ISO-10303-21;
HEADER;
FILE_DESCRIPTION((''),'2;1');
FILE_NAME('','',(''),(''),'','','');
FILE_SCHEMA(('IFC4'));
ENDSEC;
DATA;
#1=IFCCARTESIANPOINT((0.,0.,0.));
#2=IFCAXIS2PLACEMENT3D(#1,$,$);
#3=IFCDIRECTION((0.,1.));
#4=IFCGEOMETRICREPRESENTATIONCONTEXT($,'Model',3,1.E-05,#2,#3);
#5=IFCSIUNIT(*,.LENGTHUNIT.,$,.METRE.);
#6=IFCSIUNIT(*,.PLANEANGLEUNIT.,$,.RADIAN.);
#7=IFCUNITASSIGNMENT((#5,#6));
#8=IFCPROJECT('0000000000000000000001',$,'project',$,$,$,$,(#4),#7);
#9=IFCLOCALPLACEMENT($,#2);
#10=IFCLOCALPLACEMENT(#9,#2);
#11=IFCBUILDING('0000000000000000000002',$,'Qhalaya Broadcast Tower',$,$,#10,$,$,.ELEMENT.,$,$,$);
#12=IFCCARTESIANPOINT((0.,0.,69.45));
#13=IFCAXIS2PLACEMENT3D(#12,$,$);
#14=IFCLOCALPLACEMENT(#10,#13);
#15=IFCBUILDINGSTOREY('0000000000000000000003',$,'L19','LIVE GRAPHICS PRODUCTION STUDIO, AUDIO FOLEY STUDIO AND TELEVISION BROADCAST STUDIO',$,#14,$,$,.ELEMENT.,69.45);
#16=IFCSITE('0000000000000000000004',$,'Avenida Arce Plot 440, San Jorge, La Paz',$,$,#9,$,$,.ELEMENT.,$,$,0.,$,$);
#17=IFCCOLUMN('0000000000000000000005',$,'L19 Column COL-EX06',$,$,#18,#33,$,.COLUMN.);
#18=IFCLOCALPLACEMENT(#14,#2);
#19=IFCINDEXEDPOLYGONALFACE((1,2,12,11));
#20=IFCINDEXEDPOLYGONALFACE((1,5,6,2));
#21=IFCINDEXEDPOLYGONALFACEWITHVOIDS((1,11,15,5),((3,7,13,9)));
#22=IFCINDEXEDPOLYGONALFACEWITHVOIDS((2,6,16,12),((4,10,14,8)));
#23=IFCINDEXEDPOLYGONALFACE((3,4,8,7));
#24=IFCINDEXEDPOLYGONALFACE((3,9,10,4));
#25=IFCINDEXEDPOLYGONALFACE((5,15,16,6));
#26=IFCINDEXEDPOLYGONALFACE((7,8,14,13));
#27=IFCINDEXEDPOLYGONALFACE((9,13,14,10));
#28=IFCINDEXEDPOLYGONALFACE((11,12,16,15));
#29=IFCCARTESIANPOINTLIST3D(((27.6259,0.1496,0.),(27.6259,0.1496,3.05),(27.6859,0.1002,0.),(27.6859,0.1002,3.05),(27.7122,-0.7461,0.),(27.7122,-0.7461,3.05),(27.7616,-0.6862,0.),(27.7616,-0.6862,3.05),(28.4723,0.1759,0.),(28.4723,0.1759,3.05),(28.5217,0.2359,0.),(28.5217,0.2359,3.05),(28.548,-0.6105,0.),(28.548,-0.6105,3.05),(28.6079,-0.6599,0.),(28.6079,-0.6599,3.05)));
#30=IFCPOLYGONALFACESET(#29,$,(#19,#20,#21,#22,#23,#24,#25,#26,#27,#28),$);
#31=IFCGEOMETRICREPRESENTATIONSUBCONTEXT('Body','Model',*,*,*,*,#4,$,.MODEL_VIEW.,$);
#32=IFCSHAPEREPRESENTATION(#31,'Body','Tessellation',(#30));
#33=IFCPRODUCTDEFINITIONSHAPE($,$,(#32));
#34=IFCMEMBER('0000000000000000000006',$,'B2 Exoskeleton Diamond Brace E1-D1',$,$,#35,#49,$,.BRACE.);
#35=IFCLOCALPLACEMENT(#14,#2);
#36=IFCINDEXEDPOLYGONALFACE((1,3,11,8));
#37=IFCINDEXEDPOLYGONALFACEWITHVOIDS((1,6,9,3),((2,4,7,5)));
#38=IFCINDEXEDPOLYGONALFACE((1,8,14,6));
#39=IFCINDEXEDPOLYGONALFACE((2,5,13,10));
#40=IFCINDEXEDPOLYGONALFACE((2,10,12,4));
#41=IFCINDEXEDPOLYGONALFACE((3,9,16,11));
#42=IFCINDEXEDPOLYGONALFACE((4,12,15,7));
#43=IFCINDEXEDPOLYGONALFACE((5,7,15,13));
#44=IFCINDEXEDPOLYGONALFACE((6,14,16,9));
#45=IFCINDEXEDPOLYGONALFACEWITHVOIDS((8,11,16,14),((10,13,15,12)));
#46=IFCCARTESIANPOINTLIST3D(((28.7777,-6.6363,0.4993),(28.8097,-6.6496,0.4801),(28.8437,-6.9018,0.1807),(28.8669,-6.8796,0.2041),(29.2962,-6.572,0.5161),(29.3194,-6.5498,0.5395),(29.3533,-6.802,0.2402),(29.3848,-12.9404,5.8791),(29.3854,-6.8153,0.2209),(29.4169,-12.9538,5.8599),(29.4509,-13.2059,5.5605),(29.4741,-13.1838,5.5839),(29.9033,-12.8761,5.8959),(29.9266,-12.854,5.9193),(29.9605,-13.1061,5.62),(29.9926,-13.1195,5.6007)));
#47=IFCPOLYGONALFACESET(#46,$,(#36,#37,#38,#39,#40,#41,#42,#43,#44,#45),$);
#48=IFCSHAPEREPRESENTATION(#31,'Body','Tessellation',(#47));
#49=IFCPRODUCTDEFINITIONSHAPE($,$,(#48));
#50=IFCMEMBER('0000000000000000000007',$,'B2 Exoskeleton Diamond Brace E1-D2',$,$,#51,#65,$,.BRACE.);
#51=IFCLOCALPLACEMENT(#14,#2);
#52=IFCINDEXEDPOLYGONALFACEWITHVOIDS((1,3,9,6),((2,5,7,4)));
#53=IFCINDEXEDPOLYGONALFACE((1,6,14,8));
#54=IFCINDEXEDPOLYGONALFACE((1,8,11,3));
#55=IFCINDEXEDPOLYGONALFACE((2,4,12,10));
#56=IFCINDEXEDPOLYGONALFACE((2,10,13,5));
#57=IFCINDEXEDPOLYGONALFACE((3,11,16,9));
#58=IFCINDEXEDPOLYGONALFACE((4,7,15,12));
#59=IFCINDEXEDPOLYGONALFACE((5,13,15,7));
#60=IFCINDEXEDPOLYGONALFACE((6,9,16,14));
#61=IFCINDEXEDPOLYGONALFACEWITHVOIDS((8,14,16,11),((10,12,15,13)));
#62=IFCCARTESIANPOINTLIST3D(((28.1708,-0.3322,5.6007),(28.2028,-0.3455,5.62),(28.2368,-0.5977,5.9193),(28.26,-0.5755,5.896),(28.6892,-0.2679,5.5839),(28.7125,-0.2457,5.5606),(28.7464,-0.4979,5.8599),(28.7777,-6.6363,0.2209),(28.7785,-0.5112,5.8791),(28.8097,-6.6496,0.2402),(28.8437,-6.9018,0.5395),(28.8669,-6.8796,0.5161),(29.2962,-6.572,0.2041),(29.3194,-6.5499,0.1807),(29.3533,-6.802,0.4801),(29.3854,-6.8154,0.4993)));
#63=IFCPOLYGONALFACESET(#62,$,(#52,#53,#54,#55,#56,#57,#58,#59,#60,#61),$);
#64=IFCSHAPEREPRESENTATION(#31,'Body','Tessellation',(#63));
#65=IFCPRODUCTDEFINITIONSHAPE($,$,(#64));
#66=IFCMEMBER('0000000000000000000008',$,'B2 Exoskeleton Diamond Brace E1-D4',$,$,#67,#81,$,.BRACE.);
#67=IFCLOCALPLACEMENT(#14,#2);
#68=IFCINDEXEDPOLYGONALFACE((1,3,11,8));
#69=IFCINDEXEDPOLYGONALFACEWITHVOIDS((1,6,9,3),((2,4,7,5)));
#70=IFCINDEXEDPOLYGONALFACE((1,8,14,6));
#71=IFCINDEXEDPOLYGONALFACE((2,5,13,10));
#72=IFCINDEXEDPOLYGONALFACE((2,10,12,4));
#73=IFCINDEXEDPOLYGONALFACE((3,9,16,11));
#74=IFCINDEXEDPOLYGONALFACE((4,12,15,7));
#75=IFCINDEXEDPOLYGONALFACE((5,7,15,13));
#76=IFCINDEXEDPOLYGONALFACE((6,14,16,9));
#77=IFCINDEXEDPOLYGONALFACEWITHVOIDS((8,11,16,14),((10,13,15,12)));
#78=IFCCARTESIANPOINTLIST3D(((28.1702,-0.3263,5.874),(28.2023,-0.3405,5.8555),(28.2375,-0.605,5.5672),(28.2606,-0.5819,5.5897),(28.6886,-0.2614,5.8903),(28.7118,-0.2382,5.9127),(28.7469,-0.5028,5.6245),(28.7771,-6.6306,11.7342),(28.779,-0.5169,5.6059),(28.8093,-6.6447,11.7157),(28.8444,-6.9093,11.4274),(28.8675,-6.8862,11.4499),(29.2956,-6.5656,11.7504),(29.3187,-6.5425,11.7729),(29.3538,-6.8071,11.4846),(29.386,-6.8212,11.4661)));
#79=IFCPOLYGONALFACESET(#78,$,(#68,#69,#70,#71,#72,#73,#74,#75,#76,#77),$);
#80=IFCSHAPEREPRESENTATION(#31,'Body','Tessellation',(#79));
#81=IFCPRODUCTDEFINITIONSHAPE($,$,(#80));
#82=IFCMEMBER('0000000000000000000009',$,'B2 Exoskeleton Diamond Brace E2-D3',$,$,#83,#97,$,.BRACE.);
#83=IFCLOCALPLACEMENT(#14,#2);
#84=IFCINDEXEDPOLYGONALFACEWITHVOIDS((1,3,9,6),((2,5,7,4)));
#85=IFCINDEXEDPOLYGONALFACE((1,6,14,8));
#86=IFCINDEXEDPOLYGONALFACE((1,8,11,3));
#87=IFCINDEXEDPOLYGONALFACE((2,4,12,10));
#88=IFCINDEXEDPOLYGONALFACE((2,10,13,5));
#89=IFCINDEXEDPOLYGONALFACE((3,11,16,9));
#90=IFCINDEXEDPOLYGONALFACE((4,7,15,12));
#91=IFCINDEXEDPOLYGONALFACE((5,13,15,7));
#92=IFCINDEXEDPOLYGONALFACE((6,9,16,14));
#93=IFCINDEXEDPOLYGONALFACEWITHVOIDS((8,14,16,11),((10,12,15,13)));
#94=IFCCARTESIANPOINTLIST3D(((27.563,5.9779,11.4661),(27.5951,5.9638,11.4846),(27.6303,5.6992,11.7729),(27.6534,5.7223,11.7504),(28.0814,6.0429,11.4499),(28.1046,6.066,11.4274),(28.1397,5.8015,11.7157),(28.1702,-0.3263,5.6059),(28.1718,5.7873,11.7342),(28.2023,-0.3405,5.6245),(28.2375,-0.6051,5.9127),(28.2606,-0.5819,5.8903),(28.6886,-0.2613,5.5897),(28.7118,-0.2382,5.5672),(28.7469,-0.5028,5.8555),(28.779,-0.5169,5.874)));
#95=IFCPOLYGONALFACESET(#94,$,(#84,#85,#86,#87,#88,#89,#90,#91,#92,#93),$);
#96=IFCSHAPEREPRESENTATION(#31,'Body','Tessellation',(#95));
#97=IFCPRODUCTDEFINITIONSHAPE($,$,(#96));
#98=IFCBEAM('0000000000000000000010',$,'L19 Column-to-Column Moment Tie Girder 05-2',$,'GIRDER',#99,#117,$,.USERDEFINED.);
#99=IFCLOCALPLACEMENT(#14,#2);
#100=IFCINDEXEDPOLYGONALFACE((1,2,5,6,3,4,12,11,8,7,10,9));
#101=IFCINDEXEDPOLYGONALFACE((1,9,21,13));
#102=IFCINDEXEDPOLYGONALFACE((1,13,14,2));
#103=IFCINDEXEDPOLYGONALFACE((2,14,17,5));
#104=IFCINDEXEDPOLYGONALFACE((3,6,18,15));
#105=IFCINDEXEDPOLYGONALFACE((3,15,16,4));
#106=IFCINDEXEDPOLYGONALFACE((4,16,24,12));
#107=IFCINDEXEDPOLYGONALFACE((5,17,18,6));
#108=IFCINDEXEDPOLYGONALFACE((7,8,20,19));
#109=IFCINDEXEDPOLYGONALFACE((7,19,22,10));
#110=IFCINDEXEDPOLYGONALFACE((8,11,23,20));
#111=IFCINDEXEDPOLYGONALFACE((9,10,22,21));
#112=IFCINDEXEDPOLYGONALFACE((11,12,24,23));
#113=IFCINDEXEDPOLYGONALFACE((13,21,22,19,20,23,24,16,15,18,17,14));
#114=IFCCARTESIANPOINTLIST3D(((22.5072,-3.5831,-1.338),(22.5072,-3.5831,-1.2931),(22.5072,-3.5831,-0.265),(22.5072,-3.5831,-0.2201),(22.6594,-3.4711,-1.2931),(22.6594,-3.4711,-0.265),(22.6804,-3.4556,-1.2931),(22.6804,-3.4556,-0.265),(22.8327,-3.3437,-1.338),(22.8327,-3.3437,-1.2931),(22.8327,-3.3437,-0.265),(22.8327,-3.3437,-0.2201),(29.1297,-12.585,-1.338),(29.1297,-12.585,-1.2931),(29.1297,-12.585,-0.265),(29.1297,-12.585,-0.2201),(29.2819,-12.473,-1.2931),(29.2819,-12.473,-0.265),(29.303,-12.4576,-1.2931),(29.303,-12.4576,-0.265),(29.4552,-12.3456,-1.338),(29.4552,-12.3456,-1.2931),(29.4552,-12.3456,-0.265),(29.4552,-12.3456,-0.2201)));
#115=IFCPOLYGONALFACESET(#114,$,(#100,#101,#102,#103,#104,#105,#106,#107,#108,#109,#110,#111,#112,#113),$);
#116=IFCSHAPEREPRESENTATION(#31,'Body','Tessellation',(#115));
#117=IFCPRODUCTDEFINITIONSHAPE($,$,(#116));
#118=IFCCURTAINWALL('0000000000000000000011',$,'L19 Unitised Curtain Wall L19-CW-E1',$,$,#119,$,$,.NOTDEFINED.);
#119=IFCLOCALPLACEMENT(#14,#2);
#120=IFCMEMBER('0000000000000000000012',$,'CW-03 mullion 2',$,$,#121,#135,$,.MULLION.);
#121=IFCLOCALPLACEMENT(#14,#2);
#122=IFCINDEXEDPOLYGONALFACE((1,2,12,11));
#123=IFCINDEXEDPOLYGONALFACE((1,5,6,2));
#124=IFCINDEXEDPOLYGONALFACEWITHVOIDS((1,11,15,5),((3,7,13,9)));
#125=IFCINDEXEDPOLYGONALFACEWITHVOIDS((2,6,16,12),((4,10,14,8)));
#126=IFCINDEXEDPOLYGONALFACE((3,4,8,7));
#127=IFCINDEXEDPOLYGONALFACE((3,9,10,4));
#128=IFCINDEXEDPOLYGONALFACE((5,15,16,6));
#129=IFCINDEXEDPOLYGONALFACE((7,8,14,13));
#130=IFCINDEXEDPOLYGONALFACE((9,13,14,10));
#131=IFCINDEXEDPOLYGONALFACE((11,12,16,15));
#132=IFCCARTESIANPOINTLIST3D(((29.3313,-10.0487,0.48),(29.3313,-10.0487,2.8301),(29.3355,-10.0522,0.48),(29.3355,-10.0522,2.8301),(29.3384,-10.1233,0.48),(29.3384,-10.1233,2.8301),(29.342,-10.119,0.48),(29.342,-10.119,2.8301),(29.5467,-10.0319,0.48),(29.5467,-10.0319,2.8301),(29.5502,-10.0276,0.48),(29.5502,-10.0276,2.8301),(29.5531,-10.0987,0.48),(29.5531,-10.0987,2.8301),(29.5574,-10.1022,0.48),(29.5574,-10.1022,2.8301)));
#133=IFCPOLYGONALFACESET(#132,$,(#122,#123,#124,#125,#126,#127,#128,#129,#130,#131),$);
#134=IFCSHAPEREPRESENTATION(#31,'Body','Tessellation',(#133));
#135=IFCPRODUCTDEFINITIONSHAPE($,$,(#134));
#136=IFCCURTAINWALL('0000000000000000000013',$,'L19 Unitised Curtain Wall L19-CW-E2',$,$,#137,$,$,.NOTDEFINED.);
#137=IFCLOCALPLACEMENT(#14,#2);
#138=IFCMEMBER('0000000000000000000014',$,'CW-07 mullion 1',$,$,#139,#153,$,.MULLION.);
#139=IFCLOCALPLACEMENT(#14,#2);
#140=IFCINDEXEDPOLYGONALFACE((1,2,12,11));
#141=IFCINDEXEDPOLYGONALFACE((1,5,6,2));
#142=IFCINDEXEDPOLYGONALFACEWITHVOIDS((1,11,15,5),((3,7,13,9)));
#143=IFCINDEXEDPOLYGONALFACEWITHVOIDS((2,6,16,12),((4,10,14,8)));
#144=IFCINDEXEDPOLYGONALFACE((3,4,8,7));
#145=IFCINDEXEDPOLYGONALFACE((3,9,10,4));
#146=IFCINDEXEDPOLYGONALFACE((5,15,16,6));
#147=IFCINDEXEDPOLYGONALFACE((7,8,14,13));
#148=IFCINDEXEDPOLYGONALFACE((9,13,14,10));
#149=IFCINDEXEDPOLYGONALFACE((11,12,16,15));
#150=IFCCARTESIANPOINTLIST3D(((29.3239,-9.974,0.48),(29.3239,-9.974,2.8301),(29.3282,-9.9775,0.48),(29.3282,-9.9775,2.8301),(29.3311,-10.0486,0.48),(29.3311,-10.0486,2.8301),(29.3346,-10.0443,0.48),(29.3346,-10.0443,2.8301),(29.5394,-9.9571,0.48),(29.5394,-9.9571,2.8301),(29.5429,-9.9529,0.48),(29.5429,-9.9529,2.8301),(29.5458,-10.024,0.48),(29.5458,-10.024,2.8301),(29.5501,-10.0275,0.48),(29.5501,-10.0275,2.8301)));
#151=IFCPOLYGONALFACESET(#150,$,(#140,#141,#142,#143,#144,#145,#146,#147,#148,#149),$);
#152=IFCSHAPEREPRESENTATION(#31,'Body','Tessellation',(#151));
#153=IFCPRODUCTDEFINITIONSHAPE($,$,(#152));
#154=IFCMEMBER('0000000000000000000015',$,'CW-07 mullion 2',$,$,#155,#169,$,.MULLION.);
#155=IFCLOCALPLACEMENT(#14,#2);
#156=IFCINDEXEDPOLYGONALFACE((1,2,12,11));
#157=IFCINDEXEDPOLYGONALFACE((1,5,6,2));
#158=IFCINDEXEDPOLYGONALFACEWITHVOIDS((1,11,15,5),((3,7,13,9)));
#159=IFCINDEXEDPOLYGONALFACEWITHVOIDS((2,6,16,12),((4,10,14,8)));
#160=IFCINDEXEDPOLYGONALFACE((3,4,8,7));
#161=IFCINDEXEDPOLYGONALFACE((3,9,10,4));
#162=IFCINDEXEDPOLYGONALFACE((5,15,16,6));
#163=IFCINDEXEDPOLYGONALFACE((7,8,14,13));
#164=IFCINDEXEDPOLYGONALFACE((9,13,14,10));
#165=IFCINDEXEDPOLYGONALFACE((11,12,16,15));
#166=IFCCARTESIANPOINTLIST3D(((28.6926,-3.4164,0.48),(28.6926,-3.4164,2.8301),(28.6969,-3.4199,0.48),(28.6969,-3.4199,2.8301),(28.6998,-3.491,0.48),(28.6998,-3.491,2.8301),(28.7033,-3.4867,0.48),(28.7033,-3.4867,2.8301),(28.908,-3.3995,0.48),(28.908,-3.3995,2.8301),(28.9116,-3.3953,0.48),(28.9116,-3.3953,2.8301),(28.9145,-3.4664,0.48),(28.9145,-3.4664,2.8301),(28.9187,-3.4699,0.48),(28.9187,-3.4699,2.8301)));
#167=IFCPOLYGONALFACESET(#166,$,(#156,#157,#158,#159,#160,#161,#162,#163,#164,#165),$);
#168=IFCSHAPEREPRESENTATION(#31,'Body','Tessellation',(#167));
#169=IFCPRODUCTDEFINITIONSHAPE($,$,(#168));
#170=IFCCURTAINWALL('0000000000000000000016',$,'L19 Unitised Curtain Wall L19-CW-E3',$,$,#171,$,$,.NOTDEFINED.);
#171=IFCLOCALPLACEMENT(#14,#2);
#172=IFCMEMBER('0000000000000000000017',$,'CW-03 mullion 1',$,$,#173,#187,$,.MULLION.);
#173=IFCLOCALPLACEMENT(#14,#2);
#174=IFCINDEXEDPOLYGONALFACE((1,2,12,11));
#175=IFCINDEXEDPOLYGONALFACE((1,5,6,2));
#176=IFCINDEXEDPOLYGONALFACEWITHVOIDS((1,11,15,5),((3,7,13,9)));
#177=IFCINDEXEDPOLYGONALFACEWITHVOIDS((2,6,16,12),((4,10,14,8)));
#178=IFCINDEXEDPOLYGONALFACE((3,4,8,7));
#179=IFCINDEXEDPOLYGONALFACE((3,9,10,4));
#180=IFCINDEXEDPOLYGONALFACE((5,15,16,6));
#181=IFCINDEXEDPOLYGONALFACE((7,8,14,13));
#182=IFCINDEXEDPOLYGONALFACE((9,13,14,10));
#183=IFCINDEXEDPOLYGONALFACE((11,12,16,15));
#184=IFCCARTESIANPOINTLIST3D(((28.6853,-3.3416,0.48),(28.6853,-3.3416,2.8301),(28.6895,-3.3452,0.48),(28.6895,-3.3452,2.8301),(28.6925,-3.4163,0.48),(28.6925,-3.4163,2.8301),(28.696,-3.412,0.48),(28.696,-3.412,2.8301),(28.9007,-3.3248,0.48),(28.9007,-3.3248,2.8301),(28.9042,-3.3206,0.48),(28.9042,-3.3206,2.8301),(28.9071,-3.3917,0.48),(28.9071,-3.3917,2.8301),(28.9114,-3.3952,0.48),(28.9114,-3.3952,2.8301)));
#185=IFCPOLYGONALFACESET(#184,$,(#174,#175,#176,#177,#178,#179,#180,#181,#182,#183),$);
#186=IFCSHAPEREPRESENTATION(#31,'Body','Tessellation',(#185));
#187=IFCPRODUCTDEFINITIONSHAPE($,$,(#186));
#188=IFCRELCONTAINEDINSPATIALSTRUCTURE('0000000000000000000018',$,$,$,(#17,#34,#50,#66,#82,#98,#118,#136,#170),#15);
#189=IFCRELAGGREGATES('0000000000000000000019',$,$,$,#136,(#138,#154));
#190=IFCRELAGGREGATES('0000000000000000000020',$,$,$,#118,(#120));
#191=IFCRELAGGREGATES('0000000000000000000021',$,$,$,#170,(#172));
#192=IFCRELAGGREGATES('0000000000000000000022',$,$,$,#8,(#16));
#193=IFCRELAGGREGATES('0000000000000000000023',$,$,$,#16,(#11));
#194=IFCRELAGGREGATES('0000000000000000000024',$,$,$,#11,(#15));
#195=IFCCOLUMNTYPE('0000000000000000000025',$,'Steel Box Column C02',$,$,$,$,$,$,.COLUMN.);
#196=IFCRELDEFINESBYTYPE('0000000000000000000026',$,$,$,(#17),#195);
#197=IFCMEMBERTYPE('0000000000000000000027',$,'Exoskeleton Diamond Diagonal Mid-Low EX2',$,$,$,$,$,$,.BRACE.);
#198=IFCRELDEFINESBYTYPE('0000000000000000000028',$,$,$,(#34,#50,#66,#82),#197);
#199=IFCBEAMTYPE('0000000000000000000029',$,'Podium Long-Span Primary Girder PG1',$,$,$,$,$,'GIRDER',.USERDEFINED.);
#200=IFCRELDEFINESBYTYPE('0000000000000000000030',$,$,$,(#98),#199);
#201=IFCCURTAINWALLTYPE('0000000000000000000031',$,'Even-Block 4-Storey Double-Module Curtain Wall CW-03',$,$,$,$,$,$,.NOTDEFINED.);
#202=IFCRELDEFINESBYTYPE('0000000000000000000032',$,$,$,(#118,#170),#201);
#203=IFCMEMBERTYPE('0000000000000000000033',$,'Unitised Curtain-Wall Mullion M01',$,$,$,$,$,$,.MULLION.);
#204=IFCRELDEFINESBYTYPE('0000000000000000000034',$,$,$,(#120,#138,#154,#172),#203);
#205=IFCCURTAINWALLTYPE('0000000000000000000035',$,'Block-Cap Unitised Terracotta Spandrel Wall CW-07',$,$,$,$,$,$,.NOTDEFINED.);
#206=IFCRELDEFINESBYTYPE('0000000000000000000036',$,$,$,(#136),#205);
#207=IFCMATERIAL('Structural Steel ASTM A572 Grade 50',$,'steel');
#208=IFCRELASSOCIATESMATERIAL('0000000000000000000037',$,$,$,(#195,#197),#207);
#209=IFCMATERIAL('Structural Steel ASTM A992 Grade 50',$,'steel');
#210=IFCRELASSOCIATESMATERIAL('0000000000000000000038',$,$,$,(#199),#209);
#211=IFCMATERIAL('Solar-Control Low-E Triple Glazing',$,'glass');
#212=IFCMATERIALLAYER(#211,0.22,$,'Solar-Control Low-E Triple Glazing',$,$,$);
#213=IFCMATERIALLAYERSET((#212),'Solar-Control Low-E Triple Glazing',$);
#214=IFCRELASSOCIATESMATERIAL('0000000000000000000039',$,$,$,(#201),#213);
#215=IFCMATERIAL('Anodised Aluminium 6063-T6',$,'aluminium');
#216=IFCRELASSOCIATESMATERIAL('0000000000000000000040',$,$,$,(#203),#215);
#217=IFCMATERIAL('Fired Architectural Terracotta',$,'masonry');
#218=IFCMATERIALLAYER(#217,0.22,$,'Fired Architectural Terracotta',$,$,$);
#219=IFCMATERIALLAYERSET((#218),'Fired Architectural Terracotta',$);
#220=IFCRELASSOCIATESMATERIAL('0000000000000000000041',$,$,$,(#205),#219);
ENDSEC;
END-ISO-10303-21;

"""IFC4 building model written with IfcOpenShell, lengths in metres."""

from ifc_helpers import new_model, si_unit, direction, frame, origin, origin_2d, place, context, subcontext, project, spatial, hollow_rectangle, i_section, extrude, material, layer, layer_set, material_profile, profile_set, type_object, element, aggregate, save


model = new_model("IFC4")

# Units and contexts
model_context = context("Model", 3, precision=1e-05, world=origin(), true_north=direction((0.0, 1.0)))
body_context = subcontext(model_context, "Body", "Model", "MODEL_VIEW")
ifc_project = project(units=[si_unit("LENGTHUNIT", "METRE"), si_unit("PLANEANGLEUNIT", "RADIAN")], contexts=[model_context])

# Site, building, storey
site_placement = place(None, origin())
site = spatial("IfcSite", under=ifc_project, at=site_placement, Name="Avenida Arce Plot 440, San Jorge, La Paz", CompositionType="ELEMENT", RefElevation=0.0)
building_placement = place(site_placement, origin())
building = spatial("IfcBuilding", under=site, at=building_placement, Name="Qhalaya Broadcast Tower", CompositionType="ELEMENT")
storey_placement = place(building_placement, frame((0.0, 0.0, 69.45)))
storey = spatial("IfcBuildingStorey", under=building, at=storey_placement, Name="L19", Description="LIVE GRAPHICS PRODUCTION STUDIO, AUDIO FOLEY STUDIO AND TELEVISION BROADCAST STUDIO", CompositionType="ELEMENT", Elevation=69.45)

# Column
ifc_material_1 = material(Name="Structural Steel ASTM A572 Grade 50", Category="steel")
ifc_material_profile_1 = material_profile(ifc_material_1, hollow_rectangle(XDim=0.8999, YDim=0.8999, WallThickness=0.0549, at=origin_2d()), Name="BOX 900x900x55")
ifc_profile_set_1 = profile_set([ifc_material_profile_1], Name="Structural Steel ASTM A572 Grade 50")
column_type = type_object("IfcColumnType", Name="Steel Box Column C02", PredefinedType="COLUMN", material=ifc_profile_set_1)
column_placement = place(storey_placement, frame((28.1169, -0.2551, 0.0), z_axis=(0.0, 0.0, 1.0), x_axis=(-0.095846, 0.995396, 0.0)))
element("IfcColumn", 1, at=column_placement, inside=storey, type_object=column_type, Name="L19 Column COL-EX06", PredefinedType="COLUMN", context=body_context, shape_type="SweptSolid", body=[
    extrude(hollow_rectangle(XDim=0.8999, YDim=0.8999, WallThickness=0.0549, at=origin_2d()), origin(), (0.0, 0.0, 1.0), 3.05),
])

# Members
ifc_material_profile_2 = material_profile(ifc_material_1, hollow_rectangle(XDim=0.4199, YDim=0.55, WallThickness=0.0281, at=origin_2d()), Name="BOX 420x550x28")
ifc_profile_set_2 = profile_set([ifc_material_profile_2], Name="Structural Steel ASTM A572 Grade 50")
member_type_1 = type_object("IfcMemberType", Name="Exoskeleton Diamond Diagonal Mid-Low EX2", PredefinedType="BRACE", material=ifc_profile_set_2)
for number, where, z_axis, x_axis, name in (
    (2, (29.0815, -6.7258, 0.3601), (0.073067, -0.758636, 0.647405), (-0.157185, 0.632268, 0.758637), "B2 Exoskeleton Diamond Brace E1-D1"),
    (3, (29.0815, -6.7258, 0.3601), (-0.073037, 0.758637, 0.647406), (0.157161, -0.632275, 0.758636), "B2 Exoskeleton Diamond Brace E1-D2"),
):
    element("IfcMember", number, at=place(storey_placement, frame(where, z_axis=z_axis, x_axis=x_axis)), inside=storey, type_object=member_type_1, Name=name, PredefinedType="BRACE", context=body_context, shape_type="SweptSolid", body=[
        extrude(hollow_rectangle(XDim=0.4199, YDim=0.55, WallThickness=0.0281, at=origin_2d()), origin(), (0.0, 0.0, 1.0), 8.3098),
    ])
for number, where, z_axis, x_axis, name in (
    (4, (28.4746, -0.4216, 5.74), (0.07034, -0.73062, 0.679152), (-0.160189, 0.663729, 0.730619), "B2 Exoskeleton Diamond Brace E1-D4"),
    (5, (28.4746, -0.4216, 5.74), (-0.070368, 0.730618, 0.679151), (0.160214, -0.663721, 0.73062), "B2 Exoskeleton Diamond Brace E2-D3"),
):
    element("IfcMember", number, at=place(storey_placement, frame(where, z_axis=z_axis, x_axis=x_axis)), inside=storey, type_object=member_type_1, Name=name, PredefinedType="BRACE", context=body_context, shape_type="SweptSolid", body=[
        extrude(hollow_rectangle(XDim=0.4199, YDim=0.55, WallThickness=0.0281, at=origin_2d()), origin(), (0.0, 0.0, 1.0), 8.6287),
    ])

# Beam
ifc_material_2 = material(Name="Structural Steel ASTM A992 Grade 50", Category="steel")
ifc_material_profile_3 = material_profile(ifc_material_2, i_section(OverallWidth=0.4041, OverallDepth=1.1179, WebThickness=0.0261, FlangeThickness=0.0449, at=origin_2d()), Name="W44X335")
ifc_profile_set_3 = profile_set([ifc_material_profile_3], Name="Structural Steel ASTM A992 Grade 50")
beam_type = type_object("IfcBeamType", Name="Podium Long-Span Primary Girder PG1", ElementType="GIRDER", PredefinedType="USERDEFINED", material=ifc_profile_set_3)
beam_placement = place(storey_placement, frame((22.6699, -3.4634, -0.7791), z_axis=(0.592592, -0.805503, 0.0), x_axis=(0.805503, 0.592592, 0.0)))
element("IfcBeam", 6, at=beam_placement, inside=storey, type_object=beam_type, Name="L19 Column-to-Column Moment Tie Girder 05-2", ObjectType="GIRDER", PredefinedType="USERDEFINED", context=body_context, shape_type="SweptSolid", body=[
    extrude(i_section(OverallWidth=0.4041, OverallDepth=1.1179, WebThickness=0.0261, FlangeThickness=0.0449, at=origin_2d()), origin(), (0.0, 0.0, 1.0), 11.1755),
])

# Curtain wall, member
ifc_material_3 = material(Name="Solar-Control Low-E Triple Glazing", Category="glass")
ifc_layer_1 = layer(ifc_material_3, 0.22, Name="Solar-Control Low-E Triple Glazing")
ifc_layer_set_1 = layer_set([ifc_layer_1], Name="Solar-Control Low-E Triple Glazing")
curtain_wall_type_1 = type_object("IfcCurtainWallType", Name="Even-Block 4-Storey Double-Module Curtain Wall CW-03", PredefinedType="NOTDEFINED", material=ifc_layer_set_1)
curtain_wall_1_placement = place(storey_placement, origin())
curtain_wall_1 = element("IfcCurtainWall", 7, at=curtain_wall_1_placement, inside=storey, type_object=curtain_wall_type_1, Name="L19 Unitised Curtain Wall L19-CW-E1", PredefinedType="NOTDEFINED")
ifc_material_4 = material(Name="Anodised Aluminium 6063-T6", Category="aluminium")
ifc_material_profile_4 = material_profile(ifc_material_4, hollow_rectangle(XDim=0.075, YDim=0.22, WallThickness=0.0039, at=origin_2d()), Name="ALU-MUL 75x220x4")
ifc_profile_set_4 = profile_set([ifc_material_profile_4], Name="Anodised Aluminium 6063-T6")
member_type_2 = type_object("IfcMemberType", Name="Unitised Curtain-Wall Mullion M01", PredefinedType="MULLION", material=ifc_profile_set_4)
member_1_placement = place(storey_placement, frame((29.4443, -10.0754, 0.48), z_axis=(0.0, 0.0, 1.0), x_axis=(-0.095835, 0.995397, 0.0)))
member_1 = element("IfcMember", 8, at=member_1_placement, type_object=member_type_2, Name="CW-03 mullion 2", PredefinedType="MULLION", context=body_context, shape_type="SweptSolid", body=[
    extrude(hollow_rectangle(XDim=0.075, YDim=0.22, WallThickness=0.0039, at=origin_2d()), origin(), (0.0, 0.0, 1.0), 2.3501),
])

# Curtain wall, members
ifc_material_5 = material(Name="Fired Architectural Terracotta", Category="masonry")
ifc_layer_2 = layer(ifc_material_5, 0.22, Name="Fired Architectural Terracotta")
ifc_layer_set_2 = layer_set([ifc_layer_2], Name="Fired Architectural Terracotta")
curtain_wall_type_2 = type_object("IfcCurtainWallType", Name="Block-Cap Unitised Terracotta Spandrel Wall CW-07", PredefinedType="NOTDEFINED", material=ifc_layer_set_2)
curtain_wall_2_placement = place(storey_placement, origin())
curtain_wall_2 = element("IfcCurtainWall", 9, at=curtain_wall_2_placement, inside=storey, type_object=curtain_wall_type_2, Name="L19 Unitised Curtain Wall L19-CW-E2", PredefinedType="NOTDEFINED")
member_2_placement = place(storey_placement, frame((29.437, -10.0007, 0.48), z_axis=(0.0, 0.0, 1.0), x_axis=(-0.095857, 0.995395, 0.0)))
member_2 = element("IfcMember", 10, at=member_2_placement, type_object=member_type_2, Name="CW-07 mullion 1", PredefinedType="MULLION", context=body_context, shape_type="SweptSolid", body=[
    extrude(hollow_rectangle(XDim=0.075, YDim=0.22, WallThickness=0.0039, at=origin_2d()), origin(), (0.0, 0.0, 1.0), 2.3501),
])
member_3_placement = place(storey_placement, frame((28.8057, -3.4431, 0.48), z_axis=(0.0, 0.0, 1.0), x_axis=(-0.095857, 0.995395, 0.0)))
member_3 = element("IfcMember", 11, at=member_3_placement, type_object=member_type_2, Name="CW-07 mullion 2", PredefinedType="MULLION", context=body_context, shape_type="SweptSolid", body=[
    extrude(hollow_rectangle(XDim=0.075, YDim=0.22, WallThickness=0.0039, at=origin_2d()), origin(), (0.0, 0.0, 1.0), 2.3501),
])

# Curtain wall, member
curtain_wall_3_placement = place(storey_placement, origin())
curtain_wall_3 = element("IfcCurtainWall", 12, at=curtain_wall_3_placement, inside=storey, type_object=curtain_wall_type_1, Name="L19 Unitised Curtain Wall L19-CW-E3", PredefinedType="NOTDEFINED")
member_4_placement = place(storey_placement, frame((28.7983, -3.3684, 0.48), z_axis=(0.0, 0.0, 1.0), x_axis=(-0.095837, 0.995397, 0.0)))
member_4 = element("IfcMember", 13, at=member_4_placement, type_object=member_type_2, Name="CW-03 mullion 1", PredefinedType="MULLION", context=body_context, shape_type="SweptSolid", body=[
    extrude(hollow_rectangle(XDim=0.075, YDim=0.22, WallThickness=0.0039, at=origin_2d()), origin(), (0.0, 0.0, 1.0), 2.3501),
])

aggregate(curtain_wall_2, [member_2, member_3])
aggregate(curtain_wall_1, [member_1])
aggregate(curtain_wall_3, [member_4])

save(model, "model.ifc")
